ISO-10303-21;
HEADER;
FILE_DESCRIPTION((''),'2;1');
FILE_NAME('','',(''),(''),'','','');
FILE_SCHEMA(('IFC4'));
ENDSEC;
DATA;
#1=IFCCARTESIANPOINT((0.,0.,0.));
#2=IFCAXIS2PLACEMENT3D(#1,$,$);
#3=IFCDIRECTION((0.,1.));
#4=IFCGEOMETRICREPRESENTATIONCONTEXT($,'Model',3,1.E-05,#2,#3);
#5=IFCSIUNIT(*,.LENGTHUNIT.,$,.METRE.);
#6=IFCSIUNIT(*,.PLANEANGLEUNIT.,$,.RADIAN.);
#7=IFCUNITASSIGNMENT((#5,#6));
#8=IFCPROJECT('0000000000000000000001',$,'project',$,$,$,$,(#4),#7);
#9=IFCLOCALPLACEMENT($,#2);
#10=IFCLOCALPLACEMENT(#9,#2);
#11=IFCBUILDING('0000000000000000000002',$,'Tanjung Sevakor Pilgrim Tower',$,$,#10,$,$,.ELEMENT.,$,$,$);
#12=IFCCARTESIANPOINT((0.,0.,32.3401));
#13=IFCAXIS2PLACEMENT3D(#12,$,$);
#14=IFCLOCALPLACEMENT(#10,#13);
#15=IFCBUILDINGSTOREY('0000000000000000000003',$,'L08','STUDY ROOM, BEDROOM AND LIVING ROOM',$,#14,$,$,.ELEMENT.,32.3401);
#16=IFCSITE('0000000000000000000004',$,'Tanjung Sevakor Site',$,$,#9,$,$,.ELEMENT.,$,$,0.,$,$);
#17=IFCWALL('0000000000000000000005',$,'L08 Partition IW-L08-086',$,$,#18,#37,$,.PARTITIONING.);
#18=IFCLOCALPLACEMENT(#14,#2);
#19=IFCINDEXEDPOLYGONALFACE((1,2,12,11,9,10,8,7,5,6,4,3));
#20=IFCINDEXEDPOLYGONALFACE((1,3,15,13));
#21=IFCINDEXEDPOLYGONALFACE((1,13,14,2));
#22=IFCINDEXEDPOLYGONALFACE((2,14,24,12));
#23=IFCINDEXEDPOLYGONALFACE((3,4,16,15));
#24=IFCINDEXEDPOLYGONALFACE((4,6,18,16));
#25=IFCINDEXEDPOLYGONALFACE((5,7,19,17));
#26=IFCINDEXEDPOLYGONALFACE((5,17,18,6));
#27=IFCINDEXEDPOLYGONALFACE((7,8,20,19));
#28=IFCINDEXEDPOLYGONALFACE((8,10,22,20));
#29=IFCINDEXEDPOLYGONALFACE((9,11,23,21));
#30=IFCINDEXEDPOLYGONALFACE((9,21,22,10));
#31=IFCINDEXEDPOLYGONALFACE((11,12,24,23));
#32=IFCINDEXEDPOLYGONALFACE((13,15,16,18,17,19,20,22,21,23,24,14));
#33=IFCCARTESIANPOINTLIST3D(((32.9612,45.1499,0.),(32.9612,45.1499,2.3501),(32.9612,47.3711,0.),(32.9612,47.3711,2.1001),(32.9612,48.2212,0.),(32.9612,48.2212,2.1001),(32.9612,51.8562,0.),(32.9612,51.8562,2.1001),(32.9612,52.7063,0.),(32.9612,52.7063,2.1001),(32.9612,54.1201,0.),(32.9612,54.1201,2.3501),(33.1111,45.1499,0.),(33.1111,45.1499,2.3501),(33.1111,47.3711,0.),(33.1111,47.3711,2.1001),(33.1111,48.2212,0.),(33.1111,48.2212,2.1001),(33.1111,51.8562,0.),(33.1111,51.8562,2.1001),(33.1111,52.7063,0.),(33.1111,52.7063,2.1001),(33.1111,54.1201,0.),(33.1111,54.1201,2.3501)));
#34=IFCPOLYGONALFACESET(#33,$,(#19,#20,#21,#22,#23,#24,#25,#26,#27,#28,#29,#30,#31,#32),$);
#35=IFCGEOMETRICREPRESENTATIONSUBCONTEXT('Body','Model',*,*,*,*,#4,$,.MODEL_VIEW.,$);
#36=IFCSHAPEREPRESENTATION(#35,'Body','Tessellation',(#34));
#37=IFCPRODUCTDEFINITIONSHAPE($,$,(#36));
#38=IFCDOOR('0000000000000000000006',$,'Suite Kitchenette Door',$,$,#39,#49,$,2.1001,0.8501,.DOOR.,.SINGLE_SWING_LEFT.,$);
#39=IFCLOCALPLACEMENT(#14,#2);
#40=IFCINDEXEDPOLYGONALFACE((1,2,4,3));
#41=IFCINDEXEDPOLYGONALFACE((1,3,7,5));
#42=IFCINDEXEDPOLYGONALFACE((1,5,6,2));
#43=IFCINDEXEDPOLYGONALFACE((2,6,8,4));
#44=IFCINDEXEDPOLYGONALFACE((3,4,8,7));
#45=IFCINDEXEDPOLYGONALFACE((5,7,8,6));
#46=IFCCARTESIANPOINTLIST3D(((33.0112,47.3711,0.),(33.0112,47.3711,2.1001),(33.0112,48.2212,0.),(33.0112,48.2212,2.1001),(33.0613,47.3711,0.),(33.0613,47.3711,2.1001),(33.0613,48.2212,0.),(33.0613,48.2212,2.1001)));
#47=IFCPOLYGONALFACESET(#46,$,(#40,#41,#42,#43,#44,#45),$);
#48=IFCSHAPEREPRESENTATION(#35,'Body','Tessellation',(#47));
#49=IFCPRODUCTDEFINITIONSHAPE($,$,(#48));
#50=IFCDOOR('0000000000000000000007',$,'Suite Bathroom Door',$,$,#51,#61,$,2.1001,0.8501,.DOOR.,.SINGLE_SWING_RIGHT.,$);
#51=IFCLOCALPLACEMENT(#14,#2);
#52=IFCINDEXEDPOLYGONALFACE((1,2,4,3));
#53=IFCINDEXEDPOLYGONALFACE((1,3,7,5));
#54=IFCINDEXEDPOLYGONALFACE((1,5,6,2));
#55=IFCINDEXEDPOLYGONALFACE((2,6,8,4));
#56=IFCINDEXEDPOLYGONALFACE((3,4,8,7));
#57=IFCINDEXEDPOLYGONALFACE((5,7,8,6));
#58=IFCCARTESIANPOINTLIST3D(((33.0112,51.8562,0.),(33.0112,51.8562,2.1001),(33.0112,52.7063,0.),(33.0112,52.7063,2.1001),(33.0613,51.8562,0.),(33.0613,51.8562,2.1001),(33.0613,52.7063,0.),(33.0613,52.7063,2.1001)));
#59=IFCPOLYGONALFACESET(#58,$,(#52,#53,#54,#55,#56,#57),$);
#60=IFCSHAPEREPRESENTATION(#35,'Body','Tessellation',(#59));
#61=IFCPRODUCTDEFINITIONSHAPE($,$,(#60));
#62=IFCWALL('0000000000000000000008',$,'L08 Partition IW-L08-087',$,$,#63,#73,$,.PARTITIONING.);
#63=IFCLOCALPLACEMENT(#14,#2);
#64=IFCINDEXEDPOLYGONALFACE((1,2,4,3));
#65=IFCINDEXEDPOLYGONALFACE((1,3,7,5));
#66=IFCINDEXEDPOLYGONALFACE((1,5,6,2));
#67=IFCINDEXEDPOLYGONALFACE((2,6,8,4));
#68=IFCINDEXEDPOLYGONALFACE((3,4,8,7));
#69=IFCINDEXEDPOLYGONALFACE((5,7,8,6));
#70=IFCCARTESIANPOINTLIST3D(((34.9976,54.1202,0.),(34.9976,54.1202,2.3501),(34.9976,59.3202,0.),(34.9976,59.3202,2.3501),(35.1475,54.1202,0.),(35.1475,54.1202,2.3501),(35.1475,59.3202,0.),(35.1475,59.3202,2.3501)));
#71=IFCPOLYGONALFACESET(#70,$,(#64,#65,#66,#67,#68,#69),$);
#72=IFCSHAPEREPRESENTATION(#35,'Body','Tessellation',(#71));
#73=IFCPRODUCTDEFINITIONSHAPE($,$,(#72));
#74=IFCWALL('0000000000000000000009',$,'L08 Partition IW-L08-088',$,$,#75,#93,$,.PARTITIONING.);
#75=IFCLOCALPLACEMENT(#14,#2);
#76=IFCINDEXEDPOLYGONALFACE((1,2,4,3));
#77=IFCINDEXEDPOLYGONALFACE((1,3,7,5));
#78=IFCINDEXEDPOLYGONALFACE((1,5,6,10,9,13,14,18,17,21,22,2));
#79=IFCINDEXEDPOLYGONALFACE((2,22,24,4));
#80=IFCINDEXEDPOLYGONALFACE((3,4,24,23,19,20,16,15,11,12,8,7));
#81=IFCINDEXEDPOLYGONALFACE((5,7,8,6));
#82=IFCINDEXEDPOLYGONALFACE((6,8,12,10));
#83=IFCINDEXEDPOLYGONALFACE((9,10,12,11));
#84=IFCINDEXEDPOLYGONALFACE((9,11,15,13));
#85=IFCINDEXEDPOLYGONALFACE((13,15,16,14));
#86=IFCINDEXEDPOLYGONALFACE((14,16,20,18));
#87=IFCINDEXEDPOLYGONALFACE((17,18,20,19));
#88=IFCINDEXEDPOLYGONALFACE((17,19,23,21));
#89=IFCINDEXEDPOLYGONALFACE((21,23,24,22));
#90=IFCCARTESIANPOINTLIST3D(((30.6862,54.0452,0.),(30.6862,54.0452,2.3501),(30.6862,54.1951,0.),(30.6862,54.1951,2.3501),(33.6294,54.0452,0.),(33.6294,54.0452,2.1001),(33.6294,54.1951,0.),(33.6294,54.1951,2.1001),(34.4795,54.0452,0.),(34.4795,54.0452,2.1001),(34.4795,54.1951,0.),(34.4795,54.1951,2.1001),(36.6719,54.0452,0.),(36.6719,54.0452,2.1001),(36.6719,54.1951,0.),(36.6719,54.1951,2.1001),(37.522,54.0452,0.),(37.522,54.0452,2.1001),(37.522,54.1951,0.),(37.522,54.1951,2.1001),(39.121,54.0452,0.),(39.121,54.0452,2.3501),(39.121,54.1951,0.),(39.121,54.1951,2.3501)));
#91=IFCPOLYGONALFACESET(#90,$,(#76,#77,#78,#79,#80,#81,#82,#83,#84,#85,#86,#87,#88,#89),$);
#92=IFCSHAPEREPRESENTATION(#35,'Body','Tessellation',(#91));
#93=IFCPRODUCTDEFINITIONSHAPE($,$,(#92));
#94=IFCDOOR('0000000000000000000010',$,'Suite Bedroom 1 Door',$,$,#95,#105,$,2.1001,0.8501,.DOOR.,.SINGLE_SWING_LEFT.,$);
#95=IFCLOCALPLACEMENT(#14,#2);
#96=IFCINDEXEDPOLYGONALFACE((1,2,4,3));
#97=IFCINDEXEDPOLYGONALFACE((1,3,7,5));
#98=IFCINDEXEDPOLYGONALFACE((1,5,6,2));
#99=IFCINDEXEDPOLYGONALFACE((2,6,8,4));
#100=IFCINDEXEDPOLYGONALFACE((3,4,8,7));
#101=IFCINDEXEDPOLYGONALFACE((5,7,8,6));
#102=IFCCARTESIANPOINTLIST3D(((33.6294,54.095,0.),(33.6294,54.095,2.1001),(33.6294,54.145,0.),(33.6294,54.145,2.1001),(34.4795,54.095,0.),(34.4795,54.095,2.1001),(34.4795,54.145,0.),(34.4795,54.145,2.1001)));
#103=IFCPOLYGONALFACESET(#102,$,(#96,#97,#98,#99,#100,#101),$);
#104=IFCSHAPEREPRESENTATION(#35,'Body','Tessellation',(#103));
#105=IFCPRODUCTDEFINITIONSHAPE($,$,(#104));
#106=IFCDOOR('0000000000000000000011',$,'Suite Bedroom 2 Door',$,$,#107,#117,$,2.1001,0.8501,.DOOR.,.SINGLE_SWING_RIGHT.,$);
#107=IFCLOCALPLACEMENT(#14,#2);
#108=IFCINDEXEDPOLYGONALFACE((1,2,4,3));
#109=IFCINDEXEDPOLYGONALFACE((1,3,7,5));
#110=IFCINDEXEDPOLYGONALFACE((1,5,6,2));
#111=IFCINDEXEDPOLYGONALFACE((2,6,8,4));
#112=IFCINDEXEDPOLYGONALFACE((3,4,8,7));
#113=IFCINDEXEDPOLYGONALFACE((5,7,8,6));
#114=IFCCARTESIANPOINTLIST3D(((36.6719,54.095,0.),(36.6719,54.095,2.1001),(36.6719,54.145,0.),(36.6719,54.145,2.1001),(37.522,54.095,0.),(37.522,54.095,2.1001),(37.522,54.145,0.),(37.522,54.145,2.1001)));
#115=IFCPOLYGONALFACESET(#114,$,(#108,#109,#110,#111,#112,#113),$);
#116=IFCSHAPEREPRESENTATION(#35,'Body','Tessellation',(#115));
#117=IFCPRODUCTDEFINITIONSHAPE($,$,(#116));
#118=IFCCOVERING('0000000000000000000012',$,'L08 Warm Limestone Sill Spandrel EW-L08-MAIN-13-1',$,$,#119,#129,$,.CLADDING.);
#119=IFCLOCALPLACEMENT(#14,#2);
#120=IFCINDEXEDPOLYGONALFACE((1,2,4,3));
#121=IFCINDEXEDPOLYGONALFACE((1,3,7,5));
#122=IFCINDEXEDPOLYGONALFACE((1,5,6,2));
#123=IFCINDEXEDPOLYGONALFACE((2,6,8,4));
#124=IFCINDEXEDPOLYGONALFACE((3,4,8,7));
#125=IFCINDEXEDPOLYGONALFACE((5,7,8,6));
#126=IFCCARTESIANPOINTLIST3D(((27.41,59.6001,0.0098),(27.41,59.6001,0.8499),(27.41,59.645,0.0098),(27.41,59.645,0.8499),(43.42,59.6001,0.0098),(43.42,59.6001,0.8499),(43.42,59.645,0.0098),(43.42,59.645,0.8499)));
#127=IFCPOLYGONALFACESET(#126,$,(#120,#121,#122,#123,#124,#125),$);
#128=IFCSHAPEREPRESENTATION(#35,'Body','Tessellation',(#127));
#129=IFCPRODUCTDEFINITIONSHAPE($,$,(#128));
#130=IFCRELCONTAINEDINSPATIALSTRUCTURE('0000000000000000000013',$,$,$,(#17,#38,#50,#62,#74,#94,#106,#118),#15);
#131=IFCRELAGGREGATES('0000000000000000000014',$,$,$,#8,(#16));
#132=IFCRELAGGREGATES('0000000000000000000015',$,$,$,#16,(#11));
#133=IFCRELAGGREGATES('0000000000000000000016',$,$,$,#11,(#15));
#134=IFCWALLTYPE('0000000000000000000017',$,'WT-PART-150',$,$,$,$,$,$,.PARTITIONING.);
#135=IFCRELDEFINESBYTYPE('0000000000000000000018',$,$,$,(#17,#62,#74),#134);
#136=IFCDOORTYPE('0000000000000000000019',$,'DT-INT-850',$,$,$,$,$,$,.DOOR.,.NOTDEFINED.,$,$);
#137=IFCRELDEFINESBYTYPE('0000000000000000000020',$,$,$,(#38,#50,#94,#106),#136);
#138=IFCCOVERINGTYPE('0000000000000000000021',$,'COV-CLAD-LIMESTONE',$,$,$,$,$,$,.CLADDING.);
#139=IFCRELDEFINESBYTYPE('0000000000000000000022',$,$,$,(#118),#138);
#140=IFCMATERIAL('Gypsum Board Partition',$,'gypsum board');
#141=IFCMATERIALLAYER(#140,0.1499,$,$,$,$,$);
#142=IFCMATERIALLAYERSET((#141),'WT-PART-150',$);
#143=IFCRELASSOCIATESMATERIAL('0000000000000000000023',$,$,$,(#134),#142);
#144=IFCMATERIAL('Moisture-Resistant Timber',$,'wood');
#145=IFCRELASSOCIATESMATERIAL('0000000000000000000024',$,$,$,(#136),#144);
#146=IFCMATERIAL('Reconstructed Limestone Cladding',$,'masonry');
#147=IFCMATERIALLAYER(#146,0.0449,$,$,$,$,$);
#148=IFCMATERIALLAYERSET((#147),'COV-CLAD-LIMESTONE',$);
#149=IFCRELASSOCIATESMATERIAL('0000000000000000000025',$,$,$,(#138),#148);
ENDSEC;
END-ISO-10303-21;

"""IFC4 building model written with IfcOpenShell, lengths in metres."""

from ifc_helpers import new_model, si_unit, direction, frame, frame_2d, origin, origin_2d, place, context, subcontext, project, spatial, rectangle, extrude, material, layer, layer_set, type_object, element, fill, save


model = new_model("IFC4")

# Units and contexts
model_context = context("Model", 3, precision=1e-05, world=origin(), true_north=direction((0.0, 1.0)))
body_context = subcontext(model_context, "Body", "Model", "MODEL_VIEW")
ifc_project = project(units=[si_unit("LENGTHUNIT", "METRE"), si_unit("PLANEANGLEUNIT", "RADIAN")], contexts=[model_context])

# Site, building, storey
site_placement = place(None, origin())
site = spatial("IfcSite", under=ifc_project, at=site_placement, Name="Tanjung Sevakor Site", CompositionType="ELEMENT", RefElevation=0.0)
building_placement = place(site_placement, origin())
building = spatial("IfcBuilding", under=site, at=building_placement, Name="Tanjung Sevakor Pilgrim Tower", CompositionType="ELEMENT")
storey_placement = place(building_placement, frame((0.0, 0.0, 32.3401)))
storey = spatial("IfcBuildingStorey", under=building, at=storey_placement, Name="L08", Description="STUDY ROOM, BEDROOM AND LIVING ROOM", CompositionType="ELEMENT", Elevation=32.3401)

# Shared definitions
ifc_material_1 = material(Name="Gypsum Board Partition", Category="gypsum board")
ifc_layer_1 = layer(ifc_material_1, 0.1499)
ifc_layer_set_1 = layer_set([ifc_layer_1], Name="WT-PART-150")
wall_type_1 = type_object("IfcWallType", Name="WT-PART-150", PredefinedType="PARTITIONING", material=ifc_layer_set_1)

# Wall, openings, doors
wall_1_placement = place(storey_placement, frame((33.0361, 45.1499, 0.0), z_axis=(0.0, 0.0, 1.0), x_axis=(0.0, 1.0, 0.0)))
wall_1 = element("IfcWall", 1, at=wall_1_placement, inside=storey, type_object=wall_type_1, Name="L08 Partition IW-L08-086", PredefinedType="PARTITIONING", context=body_context, shape_type="SweptSolid", body=[
    extrude(rectangle(XDim=8.9702, YDim=0.1499, at=frame_2d((4.4851, 0.0))), origin(), (0.0, 0.0, 1.0), 2.3501),
])
opening_1_placement = place(wall_1_placement, frame((2.2212, 0.0, 0.0)))
opening_1 = element("IfcOpeningElement", 2, at=opening_1_placement, cuts=wall_1, PredefinedType="OPENING", context=body_context, shape_type="SweptSolid", body=[
    extrude(rectangle(XDim=0.8501, YDim=2.1001, at=frame_2d((0.425, 1.05))), frame((0.0, 0.085, 0.0), z_axis=(0.0, -1.0, 0.0), x_axis=(1.0, 0.0, 0.0)), (0.0, 0.0, 1.0), 0.1699),
])
opening_2_placement = place(wall_1_placement, frame((6.7063, 0.0, 0.0)))
opening_2 = element("IfcOpeningElement", 3, at=opening_2_placement, cuts=wall_1, PredefinedType="OPENING", context=body_context, shape_type="SweptSolid", body=[
    extrude(rectangle(XDim=0.8501, YDim=2.1001, at=frame_2d((0.425, 1.05))), frame((0.0, 0.085, 0.0), z_axis=(0.0, -1.0, 0.0), x_axis=(1.0, 0.0, 0.0)), (0.0, 0.0, 1.0), 0.1699),
])
ifc_material_2 = material(Name="Moisture-Resistant Timber", Category="wood")
door_type_1 = type_object("IfcDoorType", Name="DT-INT-850", OperationType="NOTDEFINED", PredefinedType="DOOR", material=ifc_material_2)
door_1_placement = place(opening_1_placement, origin())
door_1 = element("IfcDoor", 4, at=door_1_placement, inside=storey, type_object=door_type_1, Name="Suite Kitchenette Door", OperationType="SINGLE_SWING_LEFT", OverallHeight=2.1001, OverallWidth=0.8501, PredefinedType="DOOR", context=body_context, shape_type="SweptSolid", body=[
    extrude(rectangle(XDim=0.8501, YDim=2.1001, at=frame_2d((0.425, 1.05))), frame((0.0, 0.0249, 0.0), z_axis=(0.0, -1.0, 0.0), x_axis=(1.0, 0.0, 0.0)), (0.0, 0.0, 1.0), 0.05),
])
fill(opening_1, door_1)
door_2_placement = place(opening_2_placement, origin())
door_2 = element("IfcDoor", 5, at=door_2_placement, inside=storey, type_object=door_type_1, Name="Suite Bathroom Door", OperationType="SINGLE_SWING_RIGHT", OverallHeight=2.1001, OverallWidth=0.8501, PredefinedType="DOOR", context=body_context, shape_type="SweptSolid", body=[
    extrude(rectangle(XDim=0.8501, YDim=2.1001, at=frame_2d((0.425, 1.05))), frame((0.0, 0.0249, 0.0), z_axis=(0.0, -1.0, 0.0), x_axis=(1.0, 0.0, 0.0)), (0.0, 0.0, 1.0), 0.05),
])
fill(opening_2, door_2)

# Wall
wall_2_placement = place(storey_placement, frame((35.0725, 54.1201, 0.0), z_axis=(0.0, 0.0, 1.0), x_axis=(0.0, 1.0, 0.0)))
element("IfcWall", 6, at=wall_2_placement, inside=storey, type_object=wall_type_1, Name="L08 Partition IW-L08-087", PredefinedType="PARTITIONING", context=body_context, shape_type="SweptSolid", body=[
    extrude(rectangle(XDim=5.2, YDim=0.1499, at=frame_2d((2.6001, 0.0))), origin(), (0.0, 0.0, 1.0), 2.3501),
])

# Wall, openings, doors
wall_3_placement = place(storey_placement, frame((30.6863, 54.1201, 0.0), z_axis=(0.0, 0.0, 1.0), x_axis=(1.0, 0.0, 0.0)))
wall_3 = element("IfcWall", 7, at=wall_3_placement, inside=storey, type_object=wall_type_1, Name="L08 Partition IW-L08-088", PredefinedType="PARTITIONING", context=body_context, shape_type="SweptSolid", body=[
    extrude(rectangle(XDim=8.4348, YDim=0.1499, at=frame_2d((4.2173, 0.0))), origin(), (0.0, 0.0, 1.0), 2.3501),
])
opening_3_placement = place(wall_3_placement, frame((2.9431, 0.0, 0.0)))
opening_3 = element("IfcOpeningElement", 8, at=opening_3_placement, cuts=wall_3, PredefinedType="OPENING", context=body_context, shape_type="SweptSolid", body=[
    extrude(rectangle(XDim=0.8501, YDim=2.1001, at=frame_2d((0.425, 1.05))), frame((0.0, 0.085, 0.0), z_axis=(0.0, -1.0, 0.0), x_axis=(1.0, 0.0, 0.0)), (0.0, 0.0, 1.0), 0.1699),
])
opening_4_placement = place(wall_3_placement, frame((5.9856, 0.0, 0.0)))
opening_4 = element("IfcOpeningElement", 9, at=opening_4_placement, cuts=wall_3, PredefinedType="OPENING", context=body_context, shape_type="SweptSolid", body=[
    extrude(rectangle(XDim=0.8501, YDim=2.1001, at=frame_2d((0.425, 1.05))), frame((0.0, 0.085, 0.0), z_axis=(0.0, -1.0, 0.0), x_axis=(1.0, 0.0, 0.0)), (0.0, 0.0, 1.0), 0.1699),
])
door_3_placement = place(opening_3_placement, origin())
door_3 = element("IfcDoor", 10, at=door_3_placement, inside=storey, type_object=door_type_1, Name="Suite Bedroom 1 Door", OperationType="SINGLE_SWING_LEFT", OverallHeight=2.1001, OverallWidth=0.8501, PredefinedType="DOOR", context=body_context, shape_type="SweptSolid", body=[
    extrude(rectangle(XDim=0.8501, YDim=2.1001, at=frame_2d((0.425, 1.05))), frame((0.0, 0.0249, 0.0), z_axis=(0.0, -1.0, 0.0), x_axis=(1.0, 0.0, 0.0)), (0.0, 0.0, 1.0), 0.05),
])
fill(opening_3, door_3)
door_4_placement = place(opening_4_placement, origin())
door_4 = element("IfcDoor", 11, at=door_4_placement, inside=storey, type_object=door_type_1, Name="Suite Bedroom 2 Door", OperationType="SINGLE_SWING_RIGHT", OverallHeight=2.1001, OverallWidth=0.8501, PredefinedType="DOOR", context=body_context, shape_type="SweptSolid", body=[
    extrude(rectangle(XDim=0.8501, YDim=2.1001, at=frame_2d((0.425, 1.05))), frame((0.0, 0.0249, 0.0), z_axis=(0.0, -1.0, 0.0), x_axis=(1.0, 0.0, 0.0)), (0.0, 0.0, 1.0), 0.05),
])
fill(opening_4, door_4)

# Covering
ifc_material_3 = material(Name="Reconstructed Limestone Cladding", Category="masonry")
ifc_layer_2 = layer(ifc_material_3, 0.0449)
ifc_layer_set_2 = layer_set([ifc_layer_2], Name="COV-CLAD-LIMESTONE")
covering_type = type_object("IfcCoveringType", Name="COV-CLAD-LIMESTONE", PredefinedType="CLADDING", material=ifc_layer_set_2)
covering_placement = place(storey_placement, frame((35.415, 59.6226, 0.0098), z_axis=(0.0, 0.0, 1.0), x_axis=(-1.0, 0.0, 0.0)))
element("IfcCovering", 12, at=covering_placement, inside=storey, type_object=covering_type, Name="L08 Warm Limestone Sill Spandrel EW-L08-MAIN-13-1", PredefinedType="CLADDING", context=body_context, shape_type="SweptSolid", body=[
    extrude(rectangle(XDim=16.01, YDim=0.0449, at=origin_2d()), origin(), (0.0, 0.0, 1.0), 0.8401),
])

save(model, "model.ifc")
